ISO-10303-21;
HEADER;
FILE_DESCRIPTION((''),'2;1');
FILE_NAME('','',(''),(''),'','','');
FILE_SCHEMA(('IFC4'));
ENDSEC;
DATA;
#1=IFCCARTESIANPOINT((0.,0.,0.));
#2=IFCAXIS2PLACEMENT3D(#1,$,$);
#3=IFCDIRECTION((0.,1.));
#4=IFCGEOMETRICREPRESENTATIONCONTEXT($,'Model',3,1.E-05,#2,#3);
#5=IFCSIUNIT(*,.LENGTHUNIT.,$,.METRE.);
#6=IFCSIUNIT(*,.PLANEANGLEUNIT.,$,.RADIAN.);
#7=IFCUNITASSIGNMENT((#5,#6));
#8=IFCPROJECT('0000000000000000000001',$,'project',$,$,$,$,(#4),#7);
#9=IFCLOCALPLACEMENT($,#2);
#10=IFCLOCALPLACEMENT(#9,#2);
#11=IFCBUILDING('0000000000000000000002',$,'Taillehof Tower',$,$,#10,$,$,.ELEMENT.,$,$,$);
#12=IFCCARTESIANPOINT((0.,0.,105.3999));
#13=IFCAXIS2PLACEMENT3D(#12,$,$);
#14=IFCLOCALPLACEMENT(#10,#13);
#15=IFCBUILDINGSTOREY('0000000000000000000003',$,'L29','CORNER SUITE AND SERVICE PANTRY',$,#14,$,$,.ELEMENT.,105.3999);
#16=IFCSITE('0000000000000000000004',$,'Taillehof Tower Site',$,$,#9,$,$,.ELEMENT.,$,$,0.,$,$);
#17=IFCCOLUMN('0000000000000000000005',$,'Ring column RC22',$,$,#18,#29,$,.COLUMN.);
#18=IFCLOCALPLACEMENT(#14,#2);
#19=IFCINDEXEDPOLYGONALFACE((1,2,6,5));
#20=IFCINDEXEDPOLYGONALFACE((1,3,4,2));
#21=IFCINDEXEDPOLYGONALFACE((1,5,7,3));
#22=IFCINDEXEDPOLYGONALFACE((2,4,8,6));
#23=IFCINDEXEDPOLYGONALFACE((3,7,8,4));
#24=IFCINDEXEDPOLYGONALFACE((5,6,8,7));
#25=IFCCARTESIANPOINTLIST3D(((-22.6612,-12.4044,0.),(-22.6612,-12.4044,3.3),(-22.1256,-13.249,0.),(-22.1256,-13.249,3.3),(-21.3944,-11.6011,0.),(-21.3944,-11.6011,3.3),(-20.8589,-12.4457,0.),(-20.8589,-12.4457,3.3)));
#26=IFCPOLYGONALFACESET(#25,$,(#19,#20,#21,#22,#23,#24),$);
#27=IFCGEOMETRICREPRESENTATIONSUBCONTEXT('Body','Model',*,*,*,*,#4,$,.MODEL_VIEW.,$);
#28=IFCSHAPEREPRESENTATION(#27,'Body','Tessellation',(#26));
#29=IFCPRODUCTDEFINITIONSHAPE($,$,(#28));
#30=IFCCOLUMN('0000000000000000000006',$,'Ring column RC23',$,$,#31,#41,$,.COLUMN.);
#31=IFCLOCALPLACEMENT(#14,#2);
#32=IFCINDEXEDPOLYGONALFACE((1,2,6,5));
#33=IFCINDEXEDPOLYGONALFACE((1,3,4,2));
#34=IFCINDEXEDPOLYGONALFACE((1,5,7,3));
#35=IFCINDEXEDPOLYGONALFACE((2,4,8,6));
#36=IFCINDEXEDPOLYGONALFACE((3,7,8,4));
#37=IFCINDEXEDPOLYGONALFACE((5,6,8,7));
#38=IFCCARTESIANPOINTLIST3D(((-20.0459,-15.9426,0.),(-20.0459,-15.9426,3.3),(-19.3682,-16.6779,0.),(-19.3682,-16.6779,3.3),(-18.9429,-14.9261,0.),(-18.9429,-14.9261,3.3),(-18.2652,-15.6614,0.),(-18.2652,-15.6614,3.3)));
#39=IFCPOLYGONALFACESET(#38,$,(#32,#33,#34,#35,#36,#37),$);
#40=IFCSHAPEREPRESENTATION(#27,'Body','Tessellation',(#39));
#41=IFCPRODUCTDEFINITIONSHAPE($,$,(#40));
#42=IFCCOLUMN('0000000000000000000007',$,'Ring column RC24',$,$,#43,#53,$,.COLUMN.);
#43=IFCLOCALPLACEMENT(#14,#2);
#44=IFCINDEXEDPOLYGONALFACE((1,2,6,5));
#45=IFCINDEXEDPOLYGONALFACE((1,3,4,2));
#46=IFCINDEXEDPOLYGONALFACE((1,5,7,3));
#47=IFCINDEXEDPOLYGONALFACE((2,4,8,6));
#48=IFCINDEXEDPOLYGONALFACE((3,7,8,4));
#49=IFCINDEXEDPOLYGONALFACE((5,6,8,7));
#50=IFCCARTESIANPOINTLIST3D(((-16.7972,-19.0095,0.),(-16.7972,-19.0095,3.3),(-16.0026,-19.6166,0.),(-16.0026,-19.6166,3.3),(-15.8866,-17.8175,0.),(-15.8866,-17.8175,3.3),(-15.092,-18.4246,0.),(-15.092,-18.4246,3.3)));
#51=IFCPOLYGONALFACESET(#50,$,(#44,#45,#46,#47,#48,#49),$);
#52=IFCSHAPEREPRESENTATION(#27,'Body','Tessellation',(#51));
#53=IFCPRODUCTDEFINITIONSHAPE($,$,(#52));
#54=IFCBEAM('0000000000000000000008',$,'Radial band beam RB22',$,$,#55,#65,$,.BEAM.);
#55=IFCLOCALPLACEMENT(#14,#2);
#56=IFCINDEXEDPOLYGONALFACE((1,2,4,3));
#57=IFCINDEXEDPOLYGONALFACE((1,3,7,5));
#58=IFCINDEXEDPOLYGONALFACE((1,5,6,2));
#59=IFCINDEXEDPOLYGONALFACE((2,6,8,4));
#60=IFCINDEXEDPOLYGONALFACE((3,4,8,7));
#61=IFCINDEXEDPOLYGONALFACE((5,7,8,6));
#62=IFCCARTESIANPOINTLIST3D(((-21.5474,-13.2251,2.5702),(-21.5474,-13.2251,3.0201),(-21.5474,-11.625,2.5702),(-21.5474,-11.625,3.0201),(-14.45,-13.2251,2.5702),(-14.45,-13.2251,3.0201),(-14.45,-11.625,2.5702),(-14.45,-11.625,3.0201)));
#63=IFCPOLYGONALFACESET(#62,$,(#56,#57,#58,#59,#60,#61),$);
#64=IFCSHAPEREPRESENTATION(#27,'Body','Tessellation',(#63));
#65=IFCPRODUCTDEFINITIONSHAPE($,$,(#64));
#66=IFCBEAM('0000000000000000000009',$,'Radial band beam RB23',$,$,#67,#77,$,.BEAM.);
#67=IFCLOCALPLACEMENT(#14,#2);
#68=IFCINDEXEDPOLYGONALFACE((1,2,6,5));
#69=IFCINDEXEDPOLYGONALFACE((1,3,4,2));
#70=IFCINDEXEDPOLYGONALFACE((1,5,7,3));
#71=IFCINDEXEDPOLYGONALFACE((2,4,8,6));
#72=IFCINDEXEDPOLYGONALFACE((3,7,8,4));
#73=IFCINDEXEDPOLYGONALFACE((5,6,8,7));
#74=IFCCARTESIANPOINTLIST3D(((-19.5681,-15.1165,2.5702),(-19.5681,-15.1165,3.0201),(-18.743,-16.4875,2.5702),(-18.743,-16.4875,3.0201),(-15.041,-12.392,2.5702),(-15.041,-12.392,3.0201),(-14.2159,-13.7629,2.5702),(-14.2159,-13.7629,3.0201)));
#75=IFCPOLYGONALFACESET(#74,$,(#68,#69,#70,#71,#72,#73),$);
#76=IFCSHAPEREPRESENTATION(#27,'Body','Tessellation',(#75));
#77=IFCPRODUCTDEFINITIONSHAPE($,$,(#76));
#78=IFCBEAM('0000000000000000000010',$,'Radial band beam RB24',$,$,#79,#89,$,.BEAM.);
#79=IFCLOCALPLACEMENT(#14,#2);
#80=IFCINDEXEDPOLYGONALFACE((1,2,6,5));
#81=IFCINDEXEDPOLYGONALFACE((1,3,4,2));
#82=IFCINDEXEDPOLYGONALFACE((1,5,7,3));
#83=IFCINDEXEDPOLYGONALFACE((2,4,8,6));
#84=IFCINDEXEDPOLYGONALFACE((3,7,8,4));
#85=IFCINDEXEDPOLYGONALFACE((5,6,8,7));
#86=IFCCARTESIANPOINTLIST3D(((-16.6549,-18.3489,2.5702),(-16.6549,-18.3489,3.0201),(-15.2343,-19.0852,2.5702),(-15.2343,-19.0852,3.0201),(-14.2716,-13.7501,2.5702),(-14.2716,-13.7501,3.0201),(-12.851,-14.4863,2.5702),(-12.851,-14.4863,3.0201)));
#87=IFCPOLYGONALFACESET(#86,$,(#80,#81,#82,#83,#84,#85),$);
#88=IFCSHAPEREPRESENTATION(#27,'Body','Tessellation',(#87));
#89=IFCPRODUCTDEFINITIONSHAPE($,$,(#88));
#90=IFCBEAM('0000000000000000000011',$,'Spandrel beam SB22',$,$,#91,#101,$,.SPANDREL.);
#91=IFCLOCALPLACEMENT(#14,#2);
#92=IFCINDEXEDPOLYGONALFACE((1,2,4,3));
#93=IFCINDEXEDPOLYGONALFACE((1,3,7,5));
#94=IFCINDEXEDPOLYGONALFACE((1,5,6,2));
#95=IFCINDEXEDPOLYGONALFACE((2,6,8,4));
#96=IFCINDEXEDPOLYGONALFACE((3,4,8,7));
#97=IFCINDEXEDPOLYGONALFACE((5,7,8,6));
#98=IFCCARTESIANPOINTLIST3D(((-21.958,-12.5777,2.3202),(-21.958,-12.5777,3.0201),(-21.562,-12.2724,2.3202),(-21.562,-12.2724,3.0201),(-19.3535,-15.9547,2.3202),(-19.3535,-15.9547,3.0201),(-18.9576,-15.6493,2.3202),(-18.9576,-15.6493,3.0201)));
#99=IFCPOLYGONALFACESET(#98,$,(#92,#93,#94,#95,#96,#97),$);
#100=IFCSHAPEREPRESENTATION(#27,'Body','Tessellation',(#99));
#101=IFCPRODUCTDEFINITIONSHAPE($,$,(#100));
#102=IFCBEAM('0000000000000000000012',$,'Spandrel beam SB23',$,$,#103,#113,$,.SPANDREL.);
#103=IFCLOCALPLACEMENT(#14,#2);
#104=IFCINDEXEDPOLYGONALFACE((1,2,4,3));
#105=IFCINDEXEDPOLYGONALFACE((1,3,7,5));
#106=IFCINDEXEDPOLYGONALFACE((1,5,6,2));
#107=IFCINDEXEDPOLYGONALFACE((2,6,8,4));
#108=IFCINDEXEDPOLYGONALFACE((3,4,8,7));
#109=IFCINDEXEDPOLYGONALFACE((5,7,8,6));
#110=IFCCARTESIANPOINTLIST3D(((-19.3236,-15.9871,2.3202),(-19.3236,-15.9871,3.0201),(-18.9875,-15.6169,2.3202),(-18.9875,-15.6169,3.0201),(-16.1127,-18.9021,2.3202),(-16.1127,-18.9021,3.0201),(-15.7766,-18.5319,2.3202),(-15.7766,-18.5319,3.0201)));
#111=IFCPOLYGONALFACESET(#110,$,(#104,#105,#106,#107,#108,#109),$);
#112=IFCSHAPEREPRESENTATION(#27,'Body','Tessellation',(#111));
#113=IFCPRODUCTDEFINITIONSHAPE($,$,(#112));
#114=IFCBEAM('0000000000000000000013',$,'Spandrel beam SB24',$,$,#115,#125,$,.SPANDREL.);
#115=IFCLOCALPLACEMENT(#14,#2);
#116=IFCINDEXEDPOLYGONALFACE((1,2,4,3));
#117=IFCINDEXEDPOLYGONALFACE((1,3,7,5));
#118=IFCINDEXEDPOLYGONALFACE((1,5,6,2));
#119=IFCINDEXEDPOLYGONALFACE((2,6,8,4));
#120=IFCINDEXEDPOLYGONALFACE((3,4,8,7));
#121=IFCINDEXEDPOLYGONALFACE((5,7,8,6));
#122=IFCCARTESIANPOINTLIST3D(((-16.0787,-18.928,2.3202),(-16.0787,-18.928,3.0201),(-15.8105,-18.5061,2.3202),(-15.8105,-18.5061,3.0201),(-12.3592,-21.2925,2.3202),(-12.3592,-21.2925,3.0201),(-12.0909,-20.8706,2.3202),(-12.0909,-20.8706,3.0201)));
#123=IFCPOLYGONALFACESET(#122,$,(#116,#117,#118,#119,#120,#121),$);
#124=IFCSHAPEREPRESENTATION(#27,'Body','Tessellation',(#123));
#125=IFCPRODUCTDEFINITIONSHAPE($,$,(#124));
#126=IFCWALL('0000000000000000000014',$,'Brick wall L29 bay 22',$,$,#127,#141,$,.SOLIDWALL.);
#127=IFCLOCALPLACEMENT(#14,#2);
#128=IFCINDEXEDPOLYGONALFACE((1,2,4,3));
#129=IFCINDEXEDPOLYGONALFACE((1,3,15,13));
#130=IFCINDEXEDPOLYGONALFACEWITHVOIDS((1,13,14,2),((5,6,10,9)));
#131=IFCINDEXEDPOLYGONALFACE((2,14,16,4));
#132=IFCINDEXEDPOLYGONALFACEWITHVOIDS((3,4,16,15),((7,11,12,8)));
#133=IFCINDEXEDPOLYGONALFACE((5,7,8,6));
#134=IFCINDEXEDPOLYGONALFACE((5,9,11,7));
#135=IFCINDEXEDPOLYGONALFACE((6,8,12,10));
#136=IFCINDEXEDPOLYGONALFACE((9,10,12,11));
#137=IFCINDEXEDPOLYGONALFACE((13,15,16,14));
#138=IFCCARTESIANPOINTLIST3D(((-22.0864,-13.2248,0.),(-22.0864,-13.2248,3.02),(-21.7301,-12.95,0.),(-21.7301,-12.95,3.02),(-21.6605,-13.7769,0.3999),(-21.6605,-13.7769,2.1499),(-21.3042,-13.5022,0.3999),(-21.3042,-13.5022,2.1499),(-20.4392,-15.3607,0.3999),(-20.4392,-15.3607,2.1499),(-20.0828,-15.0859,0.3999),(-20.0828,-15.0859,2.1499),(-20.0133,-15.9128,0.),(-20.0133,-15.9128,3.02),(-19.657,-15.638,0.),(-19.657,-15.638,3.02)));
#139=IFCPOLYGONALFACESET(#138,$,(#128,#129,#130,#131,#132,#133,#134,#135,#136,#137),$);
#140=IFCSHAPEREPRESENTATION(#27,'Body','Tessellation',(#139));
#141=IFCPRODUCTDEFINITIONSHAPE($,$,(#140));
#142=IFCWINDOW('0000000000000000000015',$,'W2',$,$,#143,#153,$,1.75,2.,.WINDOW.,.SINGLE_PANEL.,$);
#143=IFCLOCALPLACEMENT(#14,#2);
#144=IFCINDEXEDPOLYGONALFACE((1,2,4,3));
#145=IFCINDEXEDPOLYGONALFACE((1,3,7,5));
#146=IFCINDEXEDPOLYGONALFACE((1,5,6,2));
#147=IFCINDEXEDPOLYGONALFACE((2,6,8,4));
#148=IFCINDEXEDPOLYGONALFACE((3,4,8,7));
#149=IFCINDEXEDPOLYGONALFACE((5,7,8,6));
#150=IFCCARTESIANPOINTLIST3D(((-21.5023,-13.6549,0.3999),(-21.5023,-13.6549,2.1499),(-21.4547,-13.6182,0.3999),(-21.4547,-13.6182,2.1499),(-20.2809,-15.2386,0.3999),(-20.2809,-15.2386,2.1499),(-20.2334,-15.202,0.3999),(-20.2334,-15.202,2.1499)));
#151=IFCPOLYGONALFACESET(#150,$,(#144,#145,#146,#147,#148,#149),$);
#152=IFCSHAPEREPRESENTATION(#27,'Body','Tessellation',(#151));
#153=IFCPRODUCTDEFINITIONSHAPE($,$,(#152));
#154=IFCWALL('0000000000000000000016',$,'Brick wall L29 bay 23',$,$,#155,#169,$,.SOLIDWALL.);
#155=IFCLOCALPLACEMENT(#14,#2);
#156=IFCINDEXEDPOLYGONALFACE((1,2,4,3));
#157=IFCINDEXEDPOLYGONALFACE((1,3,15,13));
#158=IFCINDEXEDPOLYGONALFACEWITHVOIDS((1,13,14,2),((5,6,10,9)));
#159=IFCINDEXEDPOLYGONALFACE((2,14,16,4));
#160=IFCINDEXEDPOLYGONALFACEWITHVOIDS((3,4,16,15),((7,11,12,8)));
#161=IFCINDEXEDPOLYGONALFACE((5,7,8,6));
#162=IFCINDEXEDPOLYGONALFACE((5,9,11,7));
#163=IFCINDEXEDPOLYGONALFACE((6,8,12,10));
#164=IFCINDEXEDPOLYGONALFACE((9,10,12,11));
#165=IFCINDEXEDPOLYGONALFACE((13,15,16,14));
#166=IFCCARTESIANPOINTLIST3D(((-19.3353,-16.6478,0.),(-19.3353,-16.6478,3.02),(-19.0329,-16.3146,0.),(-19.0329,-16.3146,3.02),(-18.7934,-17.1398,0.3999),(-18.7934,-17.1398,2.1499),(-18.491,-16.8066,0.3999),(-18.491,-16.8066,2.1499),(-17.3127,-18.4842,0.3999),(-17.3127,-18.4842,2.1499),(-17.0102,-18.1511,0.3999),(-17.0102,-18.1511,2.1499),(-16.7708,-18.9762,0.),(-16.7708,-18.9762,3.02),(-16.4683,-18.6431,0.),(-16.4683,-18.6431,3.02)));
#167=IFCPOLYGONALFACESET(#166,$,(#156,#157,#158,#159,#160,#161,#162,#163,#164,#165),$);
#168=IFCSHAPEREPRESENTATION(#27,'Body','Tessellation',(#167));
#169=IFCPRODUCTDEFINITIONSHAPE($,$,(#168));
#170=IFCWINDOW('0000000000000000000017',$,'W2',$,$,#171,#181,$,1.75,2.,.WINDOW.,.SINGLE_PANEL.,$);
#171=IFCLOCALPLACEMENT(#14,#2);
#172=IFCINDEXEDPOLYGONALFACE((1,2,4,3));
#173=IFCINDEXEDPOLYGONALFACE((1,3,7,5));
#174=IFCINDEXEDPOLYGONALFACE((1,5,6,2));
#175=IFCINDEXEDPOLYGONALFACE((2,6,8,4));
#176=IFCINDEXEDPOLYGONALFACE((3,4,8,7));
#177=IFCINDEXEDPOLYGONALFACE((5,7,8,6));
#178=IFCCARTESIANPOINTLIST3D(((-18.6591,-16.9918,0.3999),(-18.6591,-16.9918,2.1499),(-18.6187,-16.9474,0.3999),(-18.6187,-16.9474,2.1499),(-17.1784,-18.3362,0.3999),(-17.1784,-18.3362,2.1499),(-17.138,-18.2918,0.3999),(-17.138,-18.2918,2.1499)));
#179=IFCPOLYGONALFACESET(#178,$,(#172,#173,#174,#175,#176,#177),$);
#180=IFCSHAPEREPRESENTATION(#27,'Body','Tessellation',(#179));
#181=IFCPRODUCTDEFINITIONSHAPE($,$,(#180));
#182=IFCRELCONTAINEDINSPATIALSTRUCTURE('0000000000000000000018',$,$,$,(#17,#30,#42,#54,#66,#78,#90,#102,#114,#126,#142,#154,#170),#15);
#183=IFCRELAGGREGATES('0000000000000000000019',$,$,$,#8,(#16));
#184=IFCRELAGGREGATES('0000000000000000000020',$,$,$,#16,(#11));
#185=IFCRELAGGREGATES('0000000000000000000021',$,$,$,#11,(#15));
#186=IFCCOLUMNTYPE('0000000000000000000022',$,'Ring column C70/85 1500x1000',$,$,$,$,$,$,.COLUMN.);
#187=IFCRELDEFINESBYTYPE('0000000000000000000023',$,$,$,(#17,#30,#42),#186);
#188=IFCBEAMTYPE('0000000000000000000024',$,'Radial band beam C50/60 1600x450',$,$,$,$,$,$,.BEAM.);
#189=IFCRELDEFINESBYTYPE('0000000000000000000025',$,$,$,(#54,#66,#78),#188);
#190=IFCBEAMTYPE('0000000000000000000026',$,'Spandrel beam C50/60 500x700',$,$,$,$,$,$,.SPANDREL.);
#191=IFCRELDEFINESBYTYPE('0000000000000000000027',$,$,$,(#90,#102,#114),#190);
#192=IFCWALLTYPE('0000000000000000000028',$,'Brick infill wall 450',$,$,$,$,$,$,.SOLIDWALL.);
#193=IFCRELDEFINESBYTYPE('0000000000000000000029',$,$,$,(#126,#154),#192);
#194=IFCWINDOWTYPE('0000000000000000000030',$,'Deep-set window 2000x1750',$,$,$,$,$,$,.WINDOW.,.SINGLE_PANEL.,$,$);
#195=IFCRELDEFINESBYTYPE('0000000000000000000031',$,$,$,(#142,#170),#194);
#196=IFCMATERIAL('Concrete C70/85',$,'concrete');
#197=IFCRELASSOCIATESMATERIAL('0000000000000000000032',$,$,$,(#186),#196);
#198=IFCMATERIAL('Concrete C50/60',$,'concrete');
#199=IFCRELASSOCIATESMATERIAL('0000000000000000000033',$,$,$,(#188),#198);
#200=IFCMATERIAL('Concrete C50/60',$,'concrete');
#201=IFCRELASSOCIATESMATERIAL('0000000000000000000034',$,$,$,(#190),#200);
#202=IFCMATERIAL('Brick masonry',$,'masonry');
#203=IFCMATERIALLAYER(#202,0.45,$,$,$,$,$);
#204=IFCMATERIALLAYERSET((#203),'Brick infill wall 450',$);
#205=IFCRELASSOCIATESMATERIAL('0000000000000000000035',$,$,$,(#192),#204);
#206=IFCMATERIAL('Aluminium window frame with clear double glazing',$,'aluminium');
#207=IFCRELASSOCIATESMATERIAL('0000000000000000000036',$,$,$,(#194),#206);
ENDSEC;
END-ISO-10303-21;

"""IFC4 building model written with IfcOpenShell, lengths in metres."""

from ifc_helpers import new_model, si_unit, direction, frame, frame_2d, origin, origin_2d, place, context, subcontext, project, spatial, rectangle, extrude, material, layer, layer_set, material_profile, profile_set, type_object, element, fill, save


model = new_model("IFC4")

# Units and contexts
model_context = context("Model", 3, precision=1e-05, world=origin(), true_north=direction((0.0, 1.0)))
body_context = subcontext(model_context, "Body", "Model", "MODEL_VIEW")
ifc_project = project(units=[si_unit("LENGTHUNIT", "METRE"), si_unit("PLANEANGLEUNIT", "RADIAN")], contexts=[model_context])

# Site, building, storey
site_placement = place(None, origin())
site = spatial("IfcSite", under=ifc_project, at=site_placement, Name="Taillehof Tower Site", CompositionType="ELEMENT", RefElevation=0.0)
building_placement = place(site_placement, origin())
building = spatial("IfcBuilding", under=site, at=building_placement, Name="Taillehof Tower", CompositionType="ELEMENT")
storey_placement = place(building_placement, frame((0.0, 0.0, 105.3999)))
storey = spatial("IfcBuildingStorey", under=building, at=storey_placement, Name="L29", Description="CORNER SUITE AND SERVICE PANTRY", CompositionType="ELEMENT", Elevation=105.3999)

# Columns
ifc_material_1 = material(Name="Concrete C70/85", Category="concrete")
ifc_material_profile_1 = material_profile(ifc_material_1, rectangle(XDim=1.5, YDim=1.0, at=origin_2d()), Name="RC 1500x1000")
ifc_profile_set_1 = profile_set([ifc_material_profile_1], Name="Concrete C70/85")
column_type = type_object("IfcColumnType", Name="Ring column C70/85 1500x1000", PredefinedType="COLUMN", material=ifc_profile_set_1)
for number, where, z_axis, x_axis, name in (
    (1, (-21.76, -12.425, 0.0), (0.0, 0.0, 1.0), (-0.844511, -0.535537, 0.0), "Ring column RC22"),
    (2, (-19.1555, -15.802, 0.0), (0.0, 0.0, 1.0), (-0.735332, -0.677707, 0.0), "Ring column RC23"),
    (3, (-15.9446, -18.717, 0.0), (0.0, 0.0, 1.0), (-0.607074, -0.794645, 0.0), "Ring column RC24"),
):
    element("IfcColumn", number, at=place(storey_placement, frame(where, z_axis=z_axis, x_axis=x_axis)), inside=storey, type_object=column_type, Name=name, PredefinedType="COLUMN", context=body_context, shape_type="SweptSolid", body=[
        extrude(rectangle(XDim=1.5, YDim=1.0, at=origin_2d()), origin(), (0.0, 0.0, 1.0), 3.3),
    ])

# Beams
ifc_material_2 = material(Name="Concrete C50/60", Category="concrete")
ifc_material_profile_2 = material_profile(ifc_material_2, rectangle(XDim=1.6001, YDim=0.45, at=origin_2d()), Name="RC 1600x450")
ifc_profile_set_2 = profile_set([ifc_material_profile_2], Name="Concrete C50/60")
beam_type_1 = type_object("IfcBeamType", Name="Radial band beam C50/60 1600x450", PredefinedType="BEAM", material=ifc_profile_set_2)
beam_1_placement = place(storey_placement, frame((-21.5474, -12.425, 2.7952), z_axis=(1.0, 0.0, 0.0), x_axis=(0.0, 1.0, 0.0)))
element("IfcBeam", 4, at=beam_1_placement, inside=storey, type_object=beam_type_1, Name="Radial band beam RB22", PredefinedType="BEAM", context=body_context, shape_type="SweptSolid", body=[
    extrude(rectangle(XDim=1.6001, YDim=0.45, at=origin_2d()), origin(), (0.0, 0.0, 1.0), 7.0974),
])
beam_2_placement = place(storey_placement, frame((-19.1555, -15.802, 2.7952), z_axis=(0.856795, 0.515657, 0.0), x_axis=(-0.515657, 0.856795, 0.0)))
element("IfcBeam", 5, at=beam_2_placement, inside=storey, type_object=beam_type_1, Name="Radial band beam RB23", PredefinedType="BEAM", context=body_context, shape_type="SweptSolid", body=[
    extrude(rectangle(XDim=1.6001, YDim=0.45, at=origin_2d()), origin(), (0.0, 0.0, 1.0), 5.2837),
])
beam_3_placement = place(storey_placement, frame((-15.9446, -18.717, 2.7952), z_axis=(0.460119, 0.887857, 0.0), x_axis=(-0.887857, 0.460119, 0.0)))
element("IfcBeam", 6, at=beam_3_placement, inside=storey, type_object=beam_type_1, Name="Radial band beam RB24", PredefinedType="BEAM", context=body_context, shape_type="SweptSolid", body=[
    extrude(rectangle(XDim=1.6001, YDim=0.45, at=origin_2d()), origin(), (0.0, 0.0, 1.0), 5.1797),
])
ifc_material_3 = material(Name="Concrete C50/60", Category="concrete")
ifc_material_profile_3 = material_profile(ifc_material_3, rectangle(XDim=0.5, YDim=0.7, at=origin_2d()), Name="RC 500x700")
ifc_profile_set_3 = profile_set([ifc_material_profile_3], Name="Concrete C50/60")
beam_type_2 = type_object("IfcBeamType", Name="Spandrel beam C50/60 500x700", PredefinedType="SPANDREL", material=ifc_profile_set_3)
beam_4_placement = place(storey_placement, frame((-21.76, -12.425, 2.6702), z_axis=(0.610717, -0.791849, 0.0), x_axis=(0.791849, 0.610717, 0.0)))
element("IfcBeam", 7, at=beam_4_placement, inside=storey, type_object=beam_type_2, Name="Spandrel beam SB22", PredefinedType="SPANDREL", context=body_context, shape_type="SweptSolid", body=[
    extrude(rectangle(XDim=0.5, YDim=0.7, at=origin_2d()), origin(), (0.0, 0.0, 1.0), 4.2646),
])
beam_5_placement = place(storey_placement, frame((-19.1555, -15.802, 2.6702), z_axis=(0.740398, -0.672168, 0.0), x_axis=(0.672168, 0.740398, 0.0)))
element("IfcBeam", 8, at=beam_5_placement, inside=storey, type_object=beam_type_2, Name="Spandrel beam SB23", PredefinedType="SPANDREL", context=body_context, shape_type="SweptSolid", body=[
    extrude(rectangle(XDim=0.5, YDim=0.7, at=origin_2d()), origin(), (0.0, 0.0, 1.0), 4.3367),
])
beam_6_placement = place(storey_placement, frame((-15.9446, -18.717, 2.6702), z_axis=(0.843912, -0.536481, 0.0), x_axis=(0.536481, 0.843912, 0.0)))
element("IfcBeam", 9, at=beam_6_placement, inside=storey, type_object=beam_type_2, Name="Spandrel beam SB24", PredefinedType="SPANDREL", context=body_context, shape_type="SweptSolid", body=[
    extrude(rectangle(XDim=0.5, YDim=0.7, at=origin_2d()), origin(), (0.0, 0.0, 1.0), 4.4075),
])

# Walls, openings, windows
ifc_material_4 = material(Name="Brick masonry", Category="masonry")
ifc_layer_1 = layer(ifc_material_4, 0.45)
ifc_layer_set_1 = layer_set([ifc_layer_1], Name="Brick infill wall 450")
wall_type_1 = type_object("IfcWallType", Name="Brick infill wall 450", PredefinedType="SOLIDWALL", material=ifc_layer_set_1)
wall_1_placement = place(storey_placement, frame((-21.9082, -13.0874, 0.0), z_axis=(0.0, 0.0, 1.0), x_axis=(0.610694, -0.791867, 0.0)))
wall_1 = element("IfcWall", 10, at=wall_1_placement, inside=storey, type_object=wall_type_1, Name="Brick wall L29 bay 22", PredefinedType="SOLIDWALL", context=body_context, shape_type="SweptSolid", body=[
    extrude(rectangle(XDim=3.3945, YDim=0.45, at=frame_2d((1.6973, 0.0))), origin(), (0.0, 0.0, 1.0), 3.02),
])
opening_1_placement = place(wall_1_placement, frame((0.6973, 0.0, 0.3999)))
opening_1 = element("IfcOpeningElement", 11, at=opening_1_placement, cuts=wall_1, PredefinedType="OPENING", context=body_context, shape_type="SweptSolid", body=[
    extrude(rectangle(XDim=2.0, YDim=1.75, at=frame_2d((1.0, 0.875))), frame((0.0, 0.2349, 0.0), z_axis=(0.0, -1.0, 0.0), x_axis=(1.0, 0.0, 0.0)), (0.0, 0.0, 1.0), 0.47),
])
ifc_material_5 = material(Name="Aluminium window frame with clear double glazing", Category="aluminium")
window_type = type_object("IfcWindowType", Name="Deep-set window 2000x1750", PartitioningType="SINGLE_PANEL", PredefinedType="WINDOW", material=ifc_material_5)
window_1_placement = place(opening_1_placement, origin())
window_1 = element("IfcWindow", 12, at=window_1_placement, inside=storey, type_object=window_type, Name="W2", OverallHeight=1.75, OverallWidth=2.0, PartitioningType="SINGLE_PANEL", PredefinedType="WINDOW", context=body_context, shape_type="SweptSolid", body=[
    extrude(rectangle(XDim=2.0, YDim=1.75, at=frame_2d((1.0, 0.875))), frame((0.0, 0.0349, 0.0), z_axis=(0.0, -1.0, 0.0), x_axis=(1.0, 0.0, 0.0)), (0.0, 0.0, 1.0), 0.0601),
])
fill(opening_1, window_1)
wall_2_placement = place(storey_placement, frame((-19.1841, -16.4812, 0.0), z_axis=(0.0, 0.0, 1.0), x_axis=(0.740364, -0.672206, 0.0)))
wall_2 = element("IfcWall", 13, at=wall_2_placement, inside=storey, type_object=wall_type_1, Name="Brick wall L29 bay 23", PredefinedType="SOLIDWALL", context=body_context, shape_type="SweptSolid", body=[
    extrude(rectangle(XDim=3.4639, YDim=0.45, at=frame_2d((1.7319, 0.0))), origin(), (0.0, 0.0, 1.0), 3.02),
])
opening_2_placement = place(wall_2_placement, frame((0.7319, 0.0, 0.3999)))
opening_2 = element("IfcOpeningElement", 14, at=opening_2_placement, cuts=wall_2, PredefinedType="OPENING", context=body_context, shape_type="SweptSolid", body=[
    extrude(rectangle(XDim=2.0, YDim=1.75, at=frame_2d((1.0, 0.875))), frame((0.0, 0.2349, 0.0), z_axis=(0.0, -1.0, 0.0), x_axis=(1.0, 0.0, 0.0)), (0.0, 0.0, 1.0), 0.47),
])
window_2_placement = place(opening_2_placement, origin())
window_2 = element("IfcWindow", 15, at=window_2_placement, inside=storey, type_object=window_type, Name="W2", OverallHeight=1.75, OverallWidth=2.0, PartitioningType="SINGLE_PANEL", PredefinedType="WINDOW", context=body_context, shape_type="SweptSolid", body=[
    extrude(rectangle(XDim=2.0, YDim=1.75, at=frame_2d((1.0, 0.875))), frame((0.0, 0.0349, 0.0), z_axis=(0.0, -1.0, 0.0), x_axis=(1.0, 0.0, 0.0)), (0.0, 0.0, 1.0), 0.0601),
])
fill(opening_2, window_2)

save(model, "model.ifc")
